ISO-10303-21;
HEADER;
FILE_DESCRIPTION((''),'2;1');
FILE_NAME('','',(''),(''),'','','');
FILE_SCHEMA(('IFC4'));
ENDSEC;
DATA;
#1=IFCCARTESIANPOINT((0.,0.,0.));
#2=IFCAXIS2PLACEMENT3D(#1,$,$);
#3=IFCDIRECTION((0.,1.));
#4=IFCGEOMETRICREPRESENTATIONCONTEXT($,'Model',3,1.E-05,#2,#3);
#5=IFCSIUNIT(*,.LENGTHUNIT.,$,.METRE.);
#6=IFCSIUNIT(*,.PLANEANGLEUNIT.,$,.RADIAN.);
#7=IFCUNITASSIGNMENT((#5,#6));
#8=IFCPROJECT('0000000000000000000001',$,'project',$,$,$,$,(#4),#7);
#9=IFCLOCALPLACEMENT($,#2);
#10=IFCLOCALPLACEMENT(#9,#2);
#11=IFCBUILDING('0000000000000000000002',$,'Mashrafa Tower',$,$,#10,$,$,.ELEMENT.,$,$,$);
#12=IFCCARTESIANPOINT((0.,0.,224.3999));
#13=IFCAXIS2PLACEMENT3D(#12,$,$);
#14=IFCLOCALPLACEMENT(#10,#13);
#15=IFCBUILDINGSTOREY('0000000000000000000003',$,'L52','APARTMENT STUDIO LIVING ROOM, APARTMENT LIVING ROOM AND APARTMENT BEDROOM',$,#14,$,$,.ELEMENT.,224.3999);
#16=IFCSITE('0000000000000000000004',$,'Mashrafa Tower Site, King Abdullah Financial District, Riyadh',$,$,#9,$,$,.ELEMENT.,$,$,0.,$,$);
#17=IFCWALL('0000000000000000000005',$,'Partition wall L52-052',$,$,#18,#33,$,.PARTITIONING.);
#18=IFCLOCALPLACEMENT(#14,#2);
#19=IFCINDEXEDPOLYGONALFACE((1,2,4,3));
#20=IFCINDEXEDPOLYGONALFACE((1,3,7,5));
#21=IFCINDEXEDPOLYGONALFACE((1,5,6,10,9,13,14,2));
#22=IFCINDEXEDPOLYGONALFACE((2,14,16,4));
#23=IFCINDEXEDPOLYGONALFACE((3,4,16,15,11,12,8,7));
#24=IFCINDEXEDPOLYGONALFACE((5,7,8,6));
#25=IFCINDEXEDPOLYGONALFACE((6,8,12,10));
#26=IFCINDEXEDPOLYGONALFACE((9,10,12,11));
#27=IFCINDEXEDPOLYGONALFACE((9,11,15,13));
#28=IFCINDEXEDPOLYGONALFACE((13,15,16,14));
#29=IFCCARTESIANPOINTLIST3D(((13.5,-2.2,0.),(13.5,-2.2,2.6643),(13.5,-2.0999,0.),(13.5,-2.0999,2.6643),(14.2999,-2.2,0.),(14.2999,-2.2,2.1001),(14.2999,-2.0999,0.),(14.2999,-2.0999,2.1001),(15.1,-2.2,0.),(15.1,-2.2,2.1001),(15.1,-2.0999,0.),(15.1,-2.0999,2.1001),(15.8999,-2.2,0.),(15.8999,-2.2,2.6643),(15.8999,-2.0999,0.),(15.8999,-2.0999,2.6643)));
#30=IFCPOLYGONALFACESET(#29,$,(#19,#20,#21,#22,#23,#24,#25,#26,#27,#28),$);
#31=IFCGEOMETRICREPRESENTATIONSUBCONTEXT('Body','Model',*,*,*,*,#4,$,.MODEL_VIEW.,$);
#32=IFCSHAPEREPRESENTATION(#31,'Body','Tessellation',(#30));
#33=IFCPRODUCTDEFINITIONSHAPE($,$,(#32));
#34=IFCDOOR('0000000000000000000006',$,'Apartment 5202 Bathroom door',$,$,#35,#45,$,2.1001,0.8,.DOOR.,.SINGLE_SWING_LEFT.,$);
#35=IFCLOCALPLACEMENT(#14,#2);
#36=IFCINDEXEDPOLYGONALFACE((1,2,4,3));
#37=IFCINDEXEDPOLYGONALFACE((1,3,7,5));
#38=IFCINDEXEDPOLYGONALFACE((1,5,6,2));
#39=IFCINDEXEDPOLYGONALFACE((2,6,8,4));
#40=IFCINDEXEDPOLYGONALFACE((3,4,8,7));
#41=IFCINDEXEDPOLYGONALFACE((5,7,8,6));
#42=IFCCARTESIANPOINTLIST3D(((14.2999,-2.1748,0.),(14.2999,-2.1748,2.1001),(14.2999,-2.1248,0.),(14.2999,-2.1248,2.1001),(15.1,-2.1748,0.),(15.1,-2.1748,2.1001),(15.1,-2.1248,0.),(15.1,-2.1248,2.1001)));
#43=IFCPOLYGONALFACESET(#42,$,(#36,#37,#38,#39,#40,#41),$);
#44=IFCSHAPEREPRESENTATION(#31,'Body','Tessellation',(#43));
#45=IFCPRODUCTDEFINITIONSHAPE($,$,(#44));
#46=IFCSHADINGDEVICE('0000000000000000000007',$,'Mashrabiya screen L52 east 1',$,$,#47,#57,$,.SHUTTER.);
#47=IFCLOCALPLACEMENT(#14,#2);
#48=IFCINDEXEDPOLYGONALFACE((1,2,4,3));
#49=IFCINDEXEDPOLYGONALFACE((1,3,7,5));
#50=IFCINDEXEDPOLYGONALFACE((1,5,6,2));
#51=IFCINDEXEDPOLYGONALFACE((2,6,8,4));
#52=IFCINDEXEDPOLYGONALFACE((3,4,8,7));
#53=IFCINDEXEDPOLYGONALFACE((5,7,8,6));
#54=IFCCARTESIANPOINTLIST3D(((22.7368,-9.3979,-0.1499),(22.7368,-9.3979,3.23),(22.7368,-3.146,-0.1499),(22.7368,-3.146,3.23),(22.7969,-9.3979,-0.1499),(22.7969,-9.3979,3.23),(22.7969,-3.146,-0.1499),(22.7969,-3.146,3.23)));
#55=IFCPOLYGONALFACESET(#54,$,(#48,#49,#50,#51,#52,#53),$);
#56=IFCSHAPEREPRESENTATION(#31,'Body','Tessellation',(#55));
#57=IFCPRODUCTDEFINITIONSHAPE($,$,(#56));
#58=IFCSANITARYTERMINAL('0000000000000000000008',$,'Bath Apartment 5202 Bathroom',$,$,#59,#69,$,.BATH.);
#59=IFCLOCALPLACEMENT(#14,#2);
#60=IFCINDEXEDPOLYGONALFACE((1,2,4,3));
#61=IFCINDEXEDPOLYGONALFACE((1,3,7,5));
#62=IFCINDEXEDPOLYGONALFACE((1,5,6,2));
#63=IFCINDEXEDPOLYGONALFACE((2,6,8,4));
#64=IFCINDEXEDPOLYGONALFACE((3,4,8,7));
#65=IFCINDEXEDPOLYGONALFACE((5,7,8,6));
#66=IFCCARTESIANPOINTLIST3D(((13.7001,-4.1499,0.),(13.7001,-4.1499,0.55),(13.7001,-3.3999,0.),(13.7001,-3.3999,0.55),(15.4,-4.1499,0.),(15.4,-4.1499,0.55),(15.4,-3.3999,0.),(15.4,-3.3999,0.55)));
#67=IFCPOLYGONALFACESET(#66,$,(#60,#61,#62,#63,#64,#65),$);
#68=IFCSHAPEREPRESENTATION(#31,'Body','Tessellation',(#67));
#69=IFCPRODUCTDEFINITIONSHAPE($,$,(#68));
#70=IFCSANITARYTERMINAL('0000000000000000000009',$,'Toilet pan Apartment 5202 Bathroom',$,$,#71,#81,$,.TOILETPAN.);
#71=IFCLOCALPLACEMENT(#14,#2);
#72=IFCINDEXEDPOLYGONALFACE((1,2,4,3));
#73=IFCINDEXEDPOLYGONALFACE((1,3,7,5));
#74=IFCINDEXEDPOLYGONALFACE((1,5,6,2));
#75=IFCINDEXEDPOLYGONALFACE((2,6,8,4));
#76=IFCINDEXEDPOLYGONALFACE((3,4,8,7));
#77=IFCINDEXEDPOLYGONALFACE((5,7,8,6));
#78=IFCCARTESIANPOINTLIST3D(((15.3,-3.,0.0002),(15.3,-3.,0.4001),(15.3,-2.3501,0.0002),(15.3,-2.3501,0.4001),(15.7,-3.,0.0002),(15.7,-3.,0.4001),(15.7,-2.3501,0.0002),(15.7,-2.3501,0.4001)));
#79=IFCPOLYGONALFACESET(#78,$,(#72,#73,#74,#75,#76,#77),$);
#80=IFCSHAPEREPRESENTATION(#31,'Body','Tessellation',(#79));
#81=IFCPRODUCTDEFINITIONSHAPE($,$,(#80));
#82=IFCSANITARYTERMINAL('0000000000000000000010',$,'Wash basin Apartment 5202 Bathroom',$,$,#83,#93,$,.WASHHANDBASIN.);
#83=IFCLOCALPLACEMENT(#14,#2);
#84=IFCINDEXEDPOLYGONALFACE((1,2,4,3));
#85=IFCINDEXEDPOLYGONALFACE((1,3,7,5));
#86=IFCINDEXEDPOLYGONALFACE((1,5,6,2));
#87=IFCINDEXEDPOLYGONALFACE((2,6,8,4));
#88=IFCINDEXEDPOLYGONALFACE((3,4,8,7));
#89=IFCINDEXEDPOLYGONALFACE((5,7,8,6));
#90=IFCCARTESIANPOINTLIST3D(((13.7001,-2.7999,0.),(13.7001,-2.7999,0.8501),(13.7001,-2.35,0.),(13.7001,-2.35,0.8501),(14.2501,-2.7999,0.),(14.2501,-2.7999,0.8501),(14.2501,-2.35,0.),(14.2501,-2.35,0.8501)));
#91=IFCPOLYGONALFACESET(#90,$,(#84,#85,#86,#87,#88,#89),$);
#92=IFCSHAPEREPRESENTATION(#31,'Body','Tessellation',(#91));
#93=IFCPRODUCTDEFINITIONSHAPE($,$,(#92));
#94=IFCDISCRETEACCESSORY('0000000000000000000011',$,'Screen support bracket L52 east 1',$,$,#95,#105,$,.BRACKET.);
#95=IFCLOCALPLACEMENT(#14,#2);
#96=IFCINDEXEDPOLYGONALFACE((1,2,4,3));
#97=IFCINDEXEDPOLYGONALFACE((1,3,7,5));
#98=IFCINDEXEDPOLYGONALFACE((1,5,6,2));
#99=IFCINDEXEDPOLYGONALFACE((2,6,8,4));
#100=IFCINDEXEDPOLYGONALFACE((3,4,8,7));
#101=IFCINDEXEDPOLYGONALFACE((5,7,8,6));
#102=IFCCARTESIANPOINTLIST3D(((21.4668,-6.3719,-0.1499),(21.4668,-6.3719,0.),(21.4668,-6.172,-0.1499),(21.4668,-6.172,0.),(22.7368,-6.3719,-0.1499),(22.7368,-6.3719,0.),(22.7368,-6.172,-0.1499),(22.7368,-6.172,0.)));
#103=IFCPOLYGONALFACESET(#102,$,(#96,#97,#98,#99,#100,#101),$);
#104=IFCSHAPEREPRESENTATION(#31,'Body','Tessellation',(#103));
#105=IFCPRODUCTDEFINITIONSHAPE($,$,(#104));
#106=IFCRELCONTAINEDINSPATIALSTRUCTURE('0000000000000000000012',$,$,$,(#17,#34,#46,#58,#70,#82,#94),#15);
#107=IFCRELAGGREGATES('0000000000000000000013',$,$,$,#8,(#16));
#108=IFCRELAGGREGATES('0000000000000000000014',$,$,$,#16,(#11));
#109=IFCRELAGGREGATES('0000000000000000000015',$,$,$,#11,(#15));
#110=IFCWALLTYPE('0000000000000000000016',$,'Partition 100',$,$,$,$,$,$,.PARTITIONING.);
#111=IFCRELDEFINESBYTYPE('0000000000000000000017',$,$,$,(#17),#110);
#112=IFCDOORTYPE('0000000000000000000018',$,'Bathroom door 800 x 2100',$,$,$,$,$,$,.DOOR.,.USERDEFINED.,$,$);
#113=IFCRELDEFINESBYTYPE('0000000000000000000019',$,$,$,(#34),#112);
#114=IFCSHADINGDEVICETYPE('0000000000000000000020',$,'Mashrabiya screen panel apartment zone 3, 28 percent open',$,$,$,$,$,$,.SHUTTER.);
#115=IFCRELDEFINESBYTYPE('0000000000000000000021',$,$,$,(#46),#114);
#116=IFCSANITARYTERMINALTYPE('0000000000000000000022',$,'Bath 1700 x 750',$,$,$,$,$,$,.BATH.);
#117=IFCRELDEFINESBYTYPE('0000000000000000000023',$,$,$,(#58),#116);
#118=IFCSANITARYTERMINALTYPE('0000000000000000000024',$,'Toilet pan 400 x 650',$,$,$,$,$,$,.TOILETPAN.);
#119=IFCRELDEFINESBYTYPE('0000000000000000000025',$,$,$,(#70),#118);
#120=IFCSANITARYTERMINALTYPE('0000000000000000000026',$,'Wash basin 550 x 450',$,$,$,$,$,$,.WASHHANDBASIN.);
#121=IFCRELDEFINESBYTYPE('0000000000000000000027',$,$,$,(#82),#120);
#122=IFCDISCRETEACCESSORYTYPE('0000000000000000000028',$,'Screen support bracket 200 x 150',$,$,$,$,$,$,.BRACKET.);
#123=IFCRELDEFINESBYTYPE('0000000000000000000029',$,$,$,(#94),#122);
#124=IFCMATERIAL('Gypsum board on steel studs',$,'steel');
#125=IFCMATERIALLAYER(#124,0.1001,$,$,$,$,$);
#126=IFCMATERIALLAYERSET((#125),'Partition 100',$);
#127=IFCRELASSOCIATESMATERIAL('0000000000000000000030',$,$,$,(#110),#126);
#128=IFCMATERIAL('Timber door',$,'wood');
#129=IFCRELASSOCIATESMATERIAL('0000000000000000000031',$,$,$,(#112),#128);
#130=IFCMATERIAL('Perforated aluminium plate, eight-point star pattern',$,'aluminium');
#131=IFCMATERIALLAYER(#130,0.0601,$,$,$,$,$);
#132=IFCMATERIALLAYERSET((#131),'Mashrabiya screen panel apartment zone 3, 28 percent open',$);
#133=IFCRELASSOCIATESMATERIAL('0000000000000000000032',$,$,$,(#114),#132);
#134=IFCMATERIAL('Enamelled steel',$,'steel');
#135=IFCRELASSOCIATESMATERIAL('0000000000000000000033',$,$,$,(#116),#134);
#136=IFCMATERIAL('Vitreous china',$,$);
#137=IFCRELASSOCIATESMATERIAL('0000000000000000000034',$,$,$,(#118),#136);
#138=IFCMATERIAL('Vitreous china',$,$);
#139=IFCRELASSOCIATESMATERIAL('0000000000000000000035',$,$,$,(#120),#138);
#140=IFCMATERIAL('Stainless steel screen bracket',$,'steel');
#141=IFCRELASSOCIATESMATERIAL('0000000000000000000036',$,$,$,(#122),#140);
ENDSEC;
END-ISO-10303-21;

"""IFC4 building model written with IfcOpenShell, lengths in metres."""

from ifc_helpers import new_model, si_unit, direction, frame, frame_2d, origin, origin_2d, place, context, subcontext, project, spatial, rectangle, extrude, source, transform, mapped, material, layer, layer_set, type_object, type_shapes, element, fill, save


model = new_model("IFC4")

# Units and contexts
model_context = context("Model", 3, precision=1e-05, world=origin(), true_north=direction((0.0, 1.0)))
body_context = subcontext(model_context, "Body", "Model", "MODEL_VIEW")
ifc_project = project(units=[si_unit("LENGTHUNIT", "METRE"), si_unit("PLANEANGLEUNIT", "RADIAN")], contexts=[model_context])

# Site, building, storey
site_placement = place(None, origin())
site = spatial("IfcSite", under=ifc_project, at=site_placement, Name="Mashrafa Tower Site, King Abdullah Financial District, Riyadh", CompositionType="ELEMENT", RefElevation=0.0)
building_placement = place(site_placement, origin())
building = spatial("IfcBuilding", under=site, at=building_placement, Name="Mashrafa Tower", CompositionType="ELEMENT")
storey_placement = place(building_placement, frame((0.0, 0.0, 224.3999)))
storey = spatial("IfcBuildingStorey", under=building, at=storey_placement, Name="L52", Description="APARTMENT STUDIO LIVING ROOM, APARTMENT LIVING ROOM AND APARTMENT BEDROOM", CompositionType="ELEMENT", Elevation=224.3999)

# Shared definitions
ifc_material_1 = material(Name="Gypsum board on steel studs", Category="steel")
ifc_layer_1 = layer(ifc_material_1, 0.1001)
ifc_layer_set_1 = layer_set([ifc_layer_1], Name="Partition 100")
wall_type_1 = type_object("IfcWallType", Name="Partition 100", PredefinedType="PARTITIONING", material=ifc_layer_set_1)

# Wall, opening, door
wall_1_placement = place(storey_placement, frame((15.8999, -2.1499, 0.0), z_axis=(0.0, 0.0, 1.0), x_axis=(-1.0, 0.0, 0.0)))
wall_1 = element("IfcWall", 1, at=wall_1_placement, inside=storey, type_object=wall_type_1, Name="Partition wall L52-052", PredefinedType="PARTITIONING", context=body_context, shape_type="SweptSolid", body=[
    extrude(rectangle(XDim=2.3999, YDim=0.1001, at=frame_2d((1.2, 0.0))), origin(), (0.0, 0.0, 1.0), 2.6643),
])
opening_1_placement = place(wall_1_placement, frame((0.8, 0.0, 0.0)))
opening_1 = element("IfcOpeningElement", 2, at=opening_1_placement, cuts=wall_1, PredefinedType="OPENING", context=body_context, shape_type="SweptSolid", body=[
    extrude(rectangle(XDim=0.8, YDim=2.1001, at=frame_2d((0.3999, 1.05))), frame((0.0, 0.0601, 0.0), z_axis=(0.0, -1.0, 0.0), x_axis=(1.0, 0.0, 0.0)), (0.0, 0.0, 1.0), 0.1201),
])
ifc_material_2 = material(Name="Timber door", Category="wood")
door_type_1 = type_object("IfcDoorType", Name="Bathroom door 800 x 2100", OperationType="USERDEFINED", PredefinedType="DOOR", material=ifc_material_2)
door_1_placement = place(opening_1_placement, origin())
door_1 = element("IfcDoor", 3, at=door_1_placement, inside=storey, type_object=door_type_1, Name="Apartment 5202 Bathroom door", OperationType="SINGLE_SWING_LEFT", OverallHeight=2.1001, OverallWidth=0.8, PredefinedType="DOOR", context=body_context, shape_type="SweptSolid", body=[
    extrude(rectangle(XDim=0.8, YDim=2.1001, at=frame_2d((0.3999, 1.05))), frame((0.0, 0.0249, 0.0), z_axis=(0.0, -1.0, 0.0), x_axis=(1.0, 0.0, 0.0)), (0.0, 0.0, 1.0), 0.05),
])
fill(opening_1, door_1)

# Shading device
ifc_material_3 = material(Name="Perforated aluminium plate, eight-point star pattern", Category="aluminium")
ifc_layer_2 = layer(ifc_material_3, 0.0601)
ifc_layer_set_2 = layer_set([ifc_layer_2], Name="Mashrabiya screen panel apartment zone 3, 28 percent open")
shading_device_type = type_object("IfcShadingDeviceType", Name="Mashrabiya screen panel apartment zone 3, 28 percent open", PredefinedType="SHUTTER", material=ifc_layer_set_2)
shared_shape_1 = source(origin(), body_context, "Body", "SweptSolid", [
    extrude(rectangle(XDim=6.252, YDim=0.0601, at=origin_2d()), origin(), (0.0, 0.0, 1.0), 3.3799),
])
type_shapes(shading_device_type, [shared_shape_1])
shading_device_placement = place(storey_placement, frame((22.7668, -6.272, -0.1499), z_axis=(0.0, 0.0, 1.0), x_axis=(0.0, 1.0, 0.0)))
element("IfcShadingDevice", 4, at=shading_device_placement, inside=storey, type_object=shading_device_type, Name="Mashrabiya screen L52 east 1", PredefinedType="SHUTTER", context=body_context, shape_type="MappedRepresentation", body=[
    mapped(shared_shape_1, transform((0.0, 0.0, 0.0))),
])

# Sanitary terminals
ifc_material_4 = material(Name="Enamelled steel", Category="steel")
sanitary_terminal_type_1 = type_object("IfcSanitaryTerminalType", Name="Bath 1700 x 750", PredefinedType="BATH", material=ifc_material_4)
sanitary_terminal_1_placement = place(storey_placement, frame((14.55, -3.7749, 0.0), z_axis=(0.0, 0.0, 1.0), x_axis=(1.0, 0.0, 0.0)))
element("IfcSanitaryTerminal", 5, at=sanitary_terminal_1_placement, inside=storey, type_object=sanitary_terminal_type_1, Name="Bath Apartment 5202 Bathroom", PredefinedType="BATH", context=body_context, shape_type="SweptSolid", body=[
    extrude(rectangle(XDim=1.7, YDim=0.75, at=origin_2d()), origin(), (0.0, 0.0, 1.0), 0.55),
])
ifc_material_5 = material(Name="Vitreous china")
sanitary_terminal_type_2 = type_object("IfcSanitaryTerminalType", Name="Toilet pan 400 x 650", PredefinedType="TOILETPAN", material=ifc_material_5)
sanitary_terminal_2_placement = place(storey_placement, frame((15.5, -2.675, 0.0002), z_axis=(0.0, 0.0, 1.0), x_axis=(-1.0, 0.0, 0.0)))
element("IfcSanitaryTerminal", 6, at=sanitary_terminal_2_placement, inside=storey, type_object=sanitary_terminal_type_2, Name="Toilet pan Apartment 5202 Bathroom", PredefinedType="TOILETPAN", context=body_context, shape_type="SweptSolid", body=[
    extrude(rectangle(XDim=0.3999, YDim=0.6499, at=origin_2d()), origin(), (0.0, 0.0, 1.0), 0.3999),
])
ifc_material_6 = material(Name="Vitreous china")
sanitary_terminal_type_3 = type_object("IfcSanitaryTerminalType", Name="Wash basin 550 x 450", PredefinedType="WASHHANDBASIN", material=ifc_material_6)
sanitary_terminal_3_placement = place(storey_placement, frame((13.9751, -2.575, 0.0), z_axis=(0.0, 0.0, 1.0), x_axis=(-1.0, 0.0, 0.0)))
element("IfcSanitaryTerminal", 7, at=sanitary_terminal_3_placement, inside=storey, type_object=sanitary_terminal_type_3, Name="Wash basin Apartment 5202 Bathroom", PredefinedType="WASHHANDBASIN", context=body_context, shape_type="SweptSolid", body=[
    extrude(rectangle(XDim=0.55, YDim=0.45, at=origin_2d()), origin(), (0.0, 0.0, 1.0), 0.8501),
])

# Discrete accessory
ifc_material_7 = material(Name="Stainless steel screen bracket", Category="steel")
discrete_accessory_type = type_object("IfcDiscreteAccessoryType", Name="Screen support bracket 200 x 150", PredefinedType="BRACKET", material=ifc_material_7)
shared_shape_2 = source(origin(), body_context, "Body", "SweptSolid", [
    extrude(rectangle(XDim=0.2, YDim=1.27, at=origin_2d()), origin(), (0.0, 0.0, 1.0), 0.1499),
])
type_shapes(discrete_accessory_type, [shared_shape_2])
discrete_accessory_placement = place(storey_placement, frame((22.1018, -6.272, -0.1499), z_axis=(0.0, 0.0, 1.0), x_axis=(0.0, 1.0, 0.0)))
element("IfcDiscreteAccessory", 8, at=discrete_accessory_placement, inside=storey, type_object=discrete_accessory_type, Name="Screen support bracket L52 east 1", PredefinedType="BRACKET", context=body_context, shape_type="MappedRepresentation", body=[
    mapped(shared_shape_2, transform((0.0, 0.0, 0.0))),
])

save(model, "model.ifc")
